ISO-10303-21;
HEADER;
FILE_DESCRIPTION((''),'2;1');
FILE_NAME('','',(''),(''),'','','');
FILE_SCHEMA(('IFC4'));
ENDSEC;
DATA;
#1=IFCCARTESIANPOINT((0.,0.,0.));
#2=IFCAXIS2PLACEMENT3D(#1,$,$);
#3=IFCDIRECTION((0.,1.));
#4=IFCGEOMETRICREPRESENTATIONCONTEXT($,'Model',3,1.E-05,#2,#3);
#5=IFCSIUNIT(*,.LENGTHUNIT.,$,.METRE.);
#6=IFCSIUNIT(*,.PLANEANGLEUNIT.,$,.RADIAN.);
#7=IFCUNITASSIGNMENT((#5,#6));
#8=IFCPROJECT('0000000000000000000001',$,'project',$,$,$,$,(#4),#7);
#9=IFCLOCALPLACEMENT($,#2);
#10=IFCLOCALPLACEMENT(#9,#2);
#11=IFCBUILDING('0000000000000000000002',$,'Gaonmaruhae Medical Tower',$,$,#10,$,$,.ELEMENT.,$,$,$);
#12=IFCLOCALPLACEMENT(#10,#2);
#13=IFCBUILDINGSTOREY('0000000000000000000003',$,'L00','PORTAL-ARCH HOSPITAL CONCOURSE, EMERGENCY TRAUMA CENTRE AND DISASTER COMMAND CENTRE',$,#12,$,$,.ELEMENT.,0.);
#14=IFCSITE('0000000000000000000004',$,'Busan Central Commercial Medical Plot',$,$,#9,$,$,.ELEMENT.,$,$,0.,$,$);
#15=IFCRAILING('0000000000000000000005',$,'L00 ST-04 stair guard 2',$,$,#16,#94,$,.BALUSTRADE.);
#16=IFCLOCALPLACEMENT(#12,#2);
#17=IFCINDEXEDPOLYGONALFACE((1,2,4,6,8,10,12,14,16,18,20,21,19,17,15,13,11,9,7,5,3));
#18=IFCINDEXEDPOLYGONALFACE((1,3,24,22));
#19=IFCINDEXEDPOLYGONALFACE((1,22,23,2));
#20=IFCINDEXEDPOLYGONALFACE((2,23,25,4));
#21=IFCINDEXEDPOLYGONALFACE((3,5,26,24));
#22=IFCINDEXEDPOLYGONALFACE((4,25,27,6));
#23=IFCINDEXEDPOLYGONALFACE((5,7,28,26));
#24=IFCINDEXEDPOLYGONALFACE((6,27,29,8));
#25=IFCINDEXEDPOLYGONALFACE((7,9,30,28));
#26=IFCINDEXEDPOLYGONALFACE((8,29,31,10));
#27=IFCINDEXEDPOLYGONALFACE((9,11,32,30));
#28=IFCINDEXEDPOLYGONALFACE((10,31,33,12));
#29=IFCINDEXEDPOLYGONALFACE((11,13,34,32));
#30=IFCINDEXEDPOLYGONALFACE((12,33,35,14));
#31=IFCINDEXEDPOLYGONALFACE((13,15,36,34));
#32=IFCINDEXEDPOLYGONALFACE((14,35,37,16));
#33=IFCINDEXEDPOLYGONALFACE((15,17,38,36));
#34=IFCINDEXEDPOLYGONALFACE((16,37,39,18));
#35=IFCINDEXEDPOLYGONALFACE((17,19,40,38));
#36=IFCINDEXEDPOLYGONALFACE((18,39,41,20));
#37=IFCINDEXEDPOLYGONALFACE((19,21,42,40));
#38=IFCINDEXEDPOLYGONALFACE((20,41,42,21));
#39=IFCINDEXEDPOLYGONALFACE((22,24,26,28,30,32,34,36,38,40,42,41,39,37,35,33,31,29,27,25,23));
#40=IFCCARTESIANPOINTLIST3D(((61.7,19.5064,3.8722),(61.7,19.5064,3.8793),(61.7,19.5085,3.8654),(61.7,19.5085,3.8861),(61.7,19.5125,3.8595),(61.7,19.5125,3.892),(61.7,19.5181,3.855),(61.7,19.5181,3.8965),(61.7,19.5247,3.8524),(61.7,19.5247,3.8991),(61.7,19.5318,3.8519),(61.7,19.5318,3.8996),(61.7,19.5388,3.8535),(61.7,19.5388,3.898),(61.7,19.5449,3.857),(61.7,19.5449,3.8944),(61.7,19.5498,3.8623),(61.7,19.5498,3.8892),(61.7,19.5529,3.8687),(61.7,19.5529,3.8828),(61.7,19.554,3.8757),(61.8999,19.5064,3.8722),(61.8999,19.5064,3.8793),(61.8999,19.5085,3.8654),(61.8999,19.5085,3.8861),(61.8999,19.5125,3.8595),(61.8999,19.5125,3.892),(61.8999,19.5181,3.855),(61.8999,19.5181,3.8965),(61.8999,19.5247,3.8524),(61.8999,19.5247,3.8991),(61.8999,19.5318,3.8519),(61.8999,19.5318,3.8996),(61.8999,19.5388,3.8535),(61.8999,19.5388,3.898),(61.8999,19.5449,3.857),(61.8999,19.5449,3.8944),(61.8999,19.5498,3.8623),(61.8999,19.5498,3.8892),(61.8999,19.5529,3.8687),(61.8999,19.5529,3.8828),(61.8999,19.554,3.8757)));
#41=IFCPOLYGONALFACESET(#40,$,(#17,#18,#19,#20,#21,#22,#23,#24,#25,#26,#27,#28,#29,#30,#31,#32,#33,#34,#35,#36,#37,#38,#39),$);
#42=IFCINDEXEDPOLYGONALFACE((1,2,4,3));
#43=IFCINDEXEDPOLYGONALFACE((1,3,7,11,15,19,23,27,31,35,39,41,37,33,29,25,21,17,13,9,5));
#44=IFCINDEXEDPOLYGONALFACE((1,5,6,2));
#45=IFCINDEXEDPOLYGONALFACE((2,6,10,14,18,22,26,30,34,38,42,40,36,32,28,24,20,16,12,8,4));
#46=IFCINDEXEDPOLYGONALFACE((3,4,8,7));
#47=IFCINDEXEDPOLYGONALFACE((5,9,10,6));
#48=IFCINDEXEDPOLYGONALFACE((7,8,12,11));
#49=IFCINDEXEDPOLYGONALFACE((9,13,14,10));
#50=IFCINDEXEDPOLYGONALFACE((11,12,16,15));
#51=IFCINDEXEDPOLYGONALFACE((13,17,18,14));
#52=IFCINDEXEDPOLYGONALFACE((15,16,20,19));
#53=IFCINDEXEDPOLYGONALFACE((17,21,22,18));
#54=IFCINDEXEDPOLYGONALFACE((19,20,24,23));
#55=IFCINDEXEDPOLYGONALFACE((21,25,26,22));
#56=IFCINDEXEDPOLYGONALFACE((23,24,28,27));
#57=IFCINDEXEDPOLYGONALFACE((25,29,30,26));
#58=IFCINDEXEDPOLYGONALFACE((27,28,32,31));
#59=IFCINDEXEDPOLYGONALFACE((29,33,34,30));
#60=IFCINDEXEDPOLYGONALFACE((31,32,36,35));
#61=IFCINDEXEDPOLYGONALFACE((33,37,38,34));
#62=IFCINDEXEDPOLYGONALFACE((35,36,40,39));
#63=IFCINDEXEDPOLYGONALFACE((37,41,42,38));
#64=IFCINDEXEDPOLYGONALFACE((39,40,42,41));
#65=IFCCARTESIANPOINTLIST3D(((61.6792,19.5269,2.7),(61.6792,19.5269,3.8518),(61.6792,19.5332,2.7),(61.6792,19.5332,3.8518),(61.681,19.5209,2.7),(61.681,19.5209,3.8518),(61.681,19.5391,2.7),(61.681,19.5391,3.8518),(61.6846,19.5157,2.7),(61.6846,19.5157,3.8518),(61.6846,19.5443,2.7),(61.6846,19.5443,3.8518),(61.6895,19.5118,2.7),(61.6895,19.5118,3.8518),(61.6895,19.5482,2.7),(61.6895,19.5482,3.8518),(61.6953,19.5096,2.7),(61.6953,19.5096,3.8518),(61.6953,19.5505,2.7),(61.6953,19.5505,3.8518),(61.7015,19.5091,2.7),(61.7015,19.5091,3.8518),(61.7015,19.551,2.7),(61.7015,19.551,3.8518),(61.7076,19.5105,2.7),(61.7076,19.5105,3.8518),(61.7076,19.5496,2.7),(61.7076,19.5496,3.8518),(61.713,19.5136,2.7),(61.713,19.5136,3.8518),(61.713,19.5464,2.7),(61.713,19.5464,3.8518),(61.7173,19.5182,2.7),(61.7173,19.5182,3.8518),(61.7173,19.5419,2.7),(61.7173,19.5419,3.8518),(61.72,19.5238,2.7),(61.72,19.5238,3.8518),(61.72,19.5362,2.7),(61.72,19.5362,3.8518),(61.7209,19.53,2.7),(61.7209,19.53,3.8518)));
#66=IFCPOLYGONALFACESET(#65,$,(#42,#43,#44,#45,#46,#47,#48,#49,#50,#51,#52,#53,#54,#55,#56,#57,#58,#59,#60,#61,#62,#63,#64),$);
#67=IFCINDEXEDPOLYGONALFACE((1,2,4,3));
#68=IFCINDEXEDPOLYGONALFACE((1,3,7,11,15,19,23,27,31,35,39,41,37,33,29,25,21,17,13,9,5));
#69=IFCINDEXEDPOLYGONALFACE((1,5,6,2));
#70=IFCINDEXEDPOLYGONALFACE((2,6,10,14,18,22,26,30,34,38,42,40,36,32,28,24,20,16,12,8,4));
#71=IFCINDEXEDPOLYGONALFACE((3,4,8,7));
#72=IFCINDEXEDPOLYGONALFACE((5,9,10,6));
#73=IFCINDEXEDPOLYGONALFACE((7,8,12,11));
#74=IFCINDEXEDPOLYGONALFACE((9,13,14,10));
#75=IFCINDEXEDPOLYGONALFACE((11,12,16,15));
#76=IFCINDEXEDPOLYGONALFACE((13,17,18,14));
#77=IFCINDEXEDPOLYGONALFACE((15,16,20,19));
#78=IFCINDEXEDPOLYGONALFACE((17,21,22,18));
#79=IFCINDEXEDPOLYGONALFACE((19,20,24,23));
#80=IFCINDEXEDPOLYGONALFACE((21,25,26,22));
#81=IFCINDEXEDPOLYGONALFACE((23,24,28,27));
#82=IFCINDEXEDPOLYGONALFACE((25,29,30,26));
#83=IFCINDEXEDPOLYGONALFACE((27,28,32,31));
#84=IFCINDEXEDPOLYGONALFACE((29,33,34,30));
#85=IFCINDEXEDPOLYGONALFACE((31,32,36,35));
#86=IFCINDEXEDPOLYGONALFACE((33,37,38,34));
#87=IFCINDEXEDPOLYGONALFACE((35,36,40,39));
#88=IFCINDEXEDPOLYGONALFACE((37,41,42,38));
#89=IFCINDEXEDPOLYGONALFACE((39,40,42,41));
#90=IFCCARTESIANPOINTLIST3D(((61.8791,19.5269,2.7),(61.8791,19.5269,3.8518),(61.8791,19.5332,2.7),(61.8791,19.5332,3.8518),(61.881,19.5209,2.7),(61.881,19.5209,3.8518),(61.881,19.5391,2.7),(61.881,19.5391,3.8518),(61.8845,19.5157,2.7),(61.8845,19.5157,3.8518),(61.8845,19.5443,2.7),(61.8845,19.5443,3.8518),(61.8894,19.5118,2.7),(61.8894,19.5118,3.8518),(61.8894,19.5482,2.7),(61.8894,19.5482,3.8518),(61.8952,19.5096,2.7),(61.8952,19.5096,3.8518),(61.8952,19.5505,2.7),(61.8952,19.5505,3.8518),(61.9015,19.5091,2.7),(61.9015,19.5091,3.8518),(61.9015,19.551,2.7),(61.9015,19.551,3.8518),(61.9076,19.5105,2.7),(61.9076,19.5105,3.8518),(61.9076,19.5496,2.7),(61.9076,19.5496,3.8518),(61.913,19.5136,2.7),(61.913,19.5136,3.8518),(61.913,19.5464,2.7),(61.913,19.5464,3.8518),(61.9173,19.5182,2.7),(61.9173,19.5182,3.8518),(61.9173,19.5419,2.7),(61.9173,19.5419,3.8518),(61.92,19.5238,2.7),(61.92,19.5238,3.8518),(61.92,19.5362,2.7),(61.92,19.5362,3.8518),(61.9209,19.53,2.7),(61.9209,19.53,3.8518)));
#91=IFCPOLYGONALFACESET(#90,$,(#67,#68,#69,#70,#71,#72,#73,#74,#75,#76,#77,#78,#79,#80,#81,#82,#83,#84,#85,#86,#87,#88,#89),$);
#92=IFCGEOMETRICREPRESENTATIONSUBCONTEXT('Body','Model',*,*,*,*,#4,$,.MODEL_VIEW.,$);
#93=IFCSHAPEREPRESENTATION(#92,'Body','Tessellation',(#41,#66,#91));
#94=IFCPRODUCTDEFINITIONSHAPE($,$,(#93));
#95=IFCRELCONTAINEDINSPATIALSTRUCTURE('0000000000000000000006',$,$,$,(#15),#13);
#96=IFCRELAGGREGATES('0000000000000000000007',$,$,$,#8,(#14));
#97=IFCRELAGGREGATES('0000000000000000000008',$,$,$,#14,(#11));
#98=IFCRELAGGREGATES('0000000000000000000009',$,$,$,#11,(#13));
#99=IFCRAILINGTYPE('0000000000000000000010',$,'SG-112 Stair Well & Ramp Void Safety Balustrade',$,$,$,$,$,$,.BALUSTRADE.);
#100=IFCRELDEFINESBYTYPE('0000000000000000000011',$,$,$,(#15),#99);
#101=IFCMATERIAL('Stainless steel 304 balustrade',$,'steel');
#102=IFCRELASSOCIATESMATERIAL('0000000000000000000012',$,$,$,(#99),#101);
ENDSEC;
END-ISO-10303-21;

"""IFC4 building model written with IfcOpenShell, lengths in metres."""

from ifc_helpers import new_model, si_unit, direction, frame, origin, origin_2d, place, context, subcontext, project, spatial, circle, extrude, material, type_object, element, save


model = new_model("IFC4")

# Units and contexts
model_context = context("Model", 3, precision=1e-05, world=origin(), true_north=direction((0.0, 1.0)))
body_context = subcontext(model_context, "Body", "Model", "MODEL_VIEW")
ifc_project = project(units=[si_unit("LENGTHUNIT", "METRE"), si_unit("PLANEANGLEUNIT", "RADIAN")], contexts=[model_context])

# Site, building, storey
site_placement = place(None, origin())
site = spatial("IfcSite", under=ifc_project, at=site_placement, Name="Busan Central Commercial Medical Plot", CompositionType="ELEMENT", RefElevation=0.0)
building_placement = place(site_placement, origin())
building = spatial("IfcBuilding", under=site, at=building_placement, Name="Gaonmaruhae Medical Tower", CompositionType="ELEMENT")
storey_placement = place(building_placement, origin())
storey = spatial("IfcBuildingStorey", under=building, at=storey_placement, Name="L00", Description="PORTAL-ARCH HOSPITAL CONCOURSE, EMERGENCY TRAUMA CENTRE AND DISASTER COMMAND CENTRE", CompositionType="ELEMENT", Elevation=0.0)

# Railing
ifc_material_1 = material(Name="Stainless steel 304 balustrade", Category="steel")
railing_type_1 = type_object("IfcRailingType", Name="SG-112 Stair Well & Ramp Void Safety Balustrade", PredefinedType="BALUSTRADE", material=ifc_material_1)
railing_1_placement = place(storey_placement, frame((61.7, 19.53, 2.7)))
element("IfcRailing", 1, at=railing_1_placement, inside=storey, type_object=railing_type_1, Name="L00 ST-04 stair guard 2", PredefinedType="BALUSTRADE", context=body_context, shape_type="SweptSolid", body=[
    extrude(circle(Radius=0.0239, at=origin_2d()), frame((0.0, 0.0, 1.1758), z_axis=(1.0, 0.0, 0.0), x_axis=(0.0, 1.0, 0.0)), (0.0, 0.0, 1.0), 0.2),
    extrude(circle(Radius=0.021, at=origin_2d()), origin(), (0.0, 0.0, 1.0), 1.1519),
    extrude(circle(Radius=0.021, at=origin_2d()), frame((0.2, 0.0, 0.0)), (0.0, 0.0, 1.0), 1.1519),
])

save(model, "model.ifc")
